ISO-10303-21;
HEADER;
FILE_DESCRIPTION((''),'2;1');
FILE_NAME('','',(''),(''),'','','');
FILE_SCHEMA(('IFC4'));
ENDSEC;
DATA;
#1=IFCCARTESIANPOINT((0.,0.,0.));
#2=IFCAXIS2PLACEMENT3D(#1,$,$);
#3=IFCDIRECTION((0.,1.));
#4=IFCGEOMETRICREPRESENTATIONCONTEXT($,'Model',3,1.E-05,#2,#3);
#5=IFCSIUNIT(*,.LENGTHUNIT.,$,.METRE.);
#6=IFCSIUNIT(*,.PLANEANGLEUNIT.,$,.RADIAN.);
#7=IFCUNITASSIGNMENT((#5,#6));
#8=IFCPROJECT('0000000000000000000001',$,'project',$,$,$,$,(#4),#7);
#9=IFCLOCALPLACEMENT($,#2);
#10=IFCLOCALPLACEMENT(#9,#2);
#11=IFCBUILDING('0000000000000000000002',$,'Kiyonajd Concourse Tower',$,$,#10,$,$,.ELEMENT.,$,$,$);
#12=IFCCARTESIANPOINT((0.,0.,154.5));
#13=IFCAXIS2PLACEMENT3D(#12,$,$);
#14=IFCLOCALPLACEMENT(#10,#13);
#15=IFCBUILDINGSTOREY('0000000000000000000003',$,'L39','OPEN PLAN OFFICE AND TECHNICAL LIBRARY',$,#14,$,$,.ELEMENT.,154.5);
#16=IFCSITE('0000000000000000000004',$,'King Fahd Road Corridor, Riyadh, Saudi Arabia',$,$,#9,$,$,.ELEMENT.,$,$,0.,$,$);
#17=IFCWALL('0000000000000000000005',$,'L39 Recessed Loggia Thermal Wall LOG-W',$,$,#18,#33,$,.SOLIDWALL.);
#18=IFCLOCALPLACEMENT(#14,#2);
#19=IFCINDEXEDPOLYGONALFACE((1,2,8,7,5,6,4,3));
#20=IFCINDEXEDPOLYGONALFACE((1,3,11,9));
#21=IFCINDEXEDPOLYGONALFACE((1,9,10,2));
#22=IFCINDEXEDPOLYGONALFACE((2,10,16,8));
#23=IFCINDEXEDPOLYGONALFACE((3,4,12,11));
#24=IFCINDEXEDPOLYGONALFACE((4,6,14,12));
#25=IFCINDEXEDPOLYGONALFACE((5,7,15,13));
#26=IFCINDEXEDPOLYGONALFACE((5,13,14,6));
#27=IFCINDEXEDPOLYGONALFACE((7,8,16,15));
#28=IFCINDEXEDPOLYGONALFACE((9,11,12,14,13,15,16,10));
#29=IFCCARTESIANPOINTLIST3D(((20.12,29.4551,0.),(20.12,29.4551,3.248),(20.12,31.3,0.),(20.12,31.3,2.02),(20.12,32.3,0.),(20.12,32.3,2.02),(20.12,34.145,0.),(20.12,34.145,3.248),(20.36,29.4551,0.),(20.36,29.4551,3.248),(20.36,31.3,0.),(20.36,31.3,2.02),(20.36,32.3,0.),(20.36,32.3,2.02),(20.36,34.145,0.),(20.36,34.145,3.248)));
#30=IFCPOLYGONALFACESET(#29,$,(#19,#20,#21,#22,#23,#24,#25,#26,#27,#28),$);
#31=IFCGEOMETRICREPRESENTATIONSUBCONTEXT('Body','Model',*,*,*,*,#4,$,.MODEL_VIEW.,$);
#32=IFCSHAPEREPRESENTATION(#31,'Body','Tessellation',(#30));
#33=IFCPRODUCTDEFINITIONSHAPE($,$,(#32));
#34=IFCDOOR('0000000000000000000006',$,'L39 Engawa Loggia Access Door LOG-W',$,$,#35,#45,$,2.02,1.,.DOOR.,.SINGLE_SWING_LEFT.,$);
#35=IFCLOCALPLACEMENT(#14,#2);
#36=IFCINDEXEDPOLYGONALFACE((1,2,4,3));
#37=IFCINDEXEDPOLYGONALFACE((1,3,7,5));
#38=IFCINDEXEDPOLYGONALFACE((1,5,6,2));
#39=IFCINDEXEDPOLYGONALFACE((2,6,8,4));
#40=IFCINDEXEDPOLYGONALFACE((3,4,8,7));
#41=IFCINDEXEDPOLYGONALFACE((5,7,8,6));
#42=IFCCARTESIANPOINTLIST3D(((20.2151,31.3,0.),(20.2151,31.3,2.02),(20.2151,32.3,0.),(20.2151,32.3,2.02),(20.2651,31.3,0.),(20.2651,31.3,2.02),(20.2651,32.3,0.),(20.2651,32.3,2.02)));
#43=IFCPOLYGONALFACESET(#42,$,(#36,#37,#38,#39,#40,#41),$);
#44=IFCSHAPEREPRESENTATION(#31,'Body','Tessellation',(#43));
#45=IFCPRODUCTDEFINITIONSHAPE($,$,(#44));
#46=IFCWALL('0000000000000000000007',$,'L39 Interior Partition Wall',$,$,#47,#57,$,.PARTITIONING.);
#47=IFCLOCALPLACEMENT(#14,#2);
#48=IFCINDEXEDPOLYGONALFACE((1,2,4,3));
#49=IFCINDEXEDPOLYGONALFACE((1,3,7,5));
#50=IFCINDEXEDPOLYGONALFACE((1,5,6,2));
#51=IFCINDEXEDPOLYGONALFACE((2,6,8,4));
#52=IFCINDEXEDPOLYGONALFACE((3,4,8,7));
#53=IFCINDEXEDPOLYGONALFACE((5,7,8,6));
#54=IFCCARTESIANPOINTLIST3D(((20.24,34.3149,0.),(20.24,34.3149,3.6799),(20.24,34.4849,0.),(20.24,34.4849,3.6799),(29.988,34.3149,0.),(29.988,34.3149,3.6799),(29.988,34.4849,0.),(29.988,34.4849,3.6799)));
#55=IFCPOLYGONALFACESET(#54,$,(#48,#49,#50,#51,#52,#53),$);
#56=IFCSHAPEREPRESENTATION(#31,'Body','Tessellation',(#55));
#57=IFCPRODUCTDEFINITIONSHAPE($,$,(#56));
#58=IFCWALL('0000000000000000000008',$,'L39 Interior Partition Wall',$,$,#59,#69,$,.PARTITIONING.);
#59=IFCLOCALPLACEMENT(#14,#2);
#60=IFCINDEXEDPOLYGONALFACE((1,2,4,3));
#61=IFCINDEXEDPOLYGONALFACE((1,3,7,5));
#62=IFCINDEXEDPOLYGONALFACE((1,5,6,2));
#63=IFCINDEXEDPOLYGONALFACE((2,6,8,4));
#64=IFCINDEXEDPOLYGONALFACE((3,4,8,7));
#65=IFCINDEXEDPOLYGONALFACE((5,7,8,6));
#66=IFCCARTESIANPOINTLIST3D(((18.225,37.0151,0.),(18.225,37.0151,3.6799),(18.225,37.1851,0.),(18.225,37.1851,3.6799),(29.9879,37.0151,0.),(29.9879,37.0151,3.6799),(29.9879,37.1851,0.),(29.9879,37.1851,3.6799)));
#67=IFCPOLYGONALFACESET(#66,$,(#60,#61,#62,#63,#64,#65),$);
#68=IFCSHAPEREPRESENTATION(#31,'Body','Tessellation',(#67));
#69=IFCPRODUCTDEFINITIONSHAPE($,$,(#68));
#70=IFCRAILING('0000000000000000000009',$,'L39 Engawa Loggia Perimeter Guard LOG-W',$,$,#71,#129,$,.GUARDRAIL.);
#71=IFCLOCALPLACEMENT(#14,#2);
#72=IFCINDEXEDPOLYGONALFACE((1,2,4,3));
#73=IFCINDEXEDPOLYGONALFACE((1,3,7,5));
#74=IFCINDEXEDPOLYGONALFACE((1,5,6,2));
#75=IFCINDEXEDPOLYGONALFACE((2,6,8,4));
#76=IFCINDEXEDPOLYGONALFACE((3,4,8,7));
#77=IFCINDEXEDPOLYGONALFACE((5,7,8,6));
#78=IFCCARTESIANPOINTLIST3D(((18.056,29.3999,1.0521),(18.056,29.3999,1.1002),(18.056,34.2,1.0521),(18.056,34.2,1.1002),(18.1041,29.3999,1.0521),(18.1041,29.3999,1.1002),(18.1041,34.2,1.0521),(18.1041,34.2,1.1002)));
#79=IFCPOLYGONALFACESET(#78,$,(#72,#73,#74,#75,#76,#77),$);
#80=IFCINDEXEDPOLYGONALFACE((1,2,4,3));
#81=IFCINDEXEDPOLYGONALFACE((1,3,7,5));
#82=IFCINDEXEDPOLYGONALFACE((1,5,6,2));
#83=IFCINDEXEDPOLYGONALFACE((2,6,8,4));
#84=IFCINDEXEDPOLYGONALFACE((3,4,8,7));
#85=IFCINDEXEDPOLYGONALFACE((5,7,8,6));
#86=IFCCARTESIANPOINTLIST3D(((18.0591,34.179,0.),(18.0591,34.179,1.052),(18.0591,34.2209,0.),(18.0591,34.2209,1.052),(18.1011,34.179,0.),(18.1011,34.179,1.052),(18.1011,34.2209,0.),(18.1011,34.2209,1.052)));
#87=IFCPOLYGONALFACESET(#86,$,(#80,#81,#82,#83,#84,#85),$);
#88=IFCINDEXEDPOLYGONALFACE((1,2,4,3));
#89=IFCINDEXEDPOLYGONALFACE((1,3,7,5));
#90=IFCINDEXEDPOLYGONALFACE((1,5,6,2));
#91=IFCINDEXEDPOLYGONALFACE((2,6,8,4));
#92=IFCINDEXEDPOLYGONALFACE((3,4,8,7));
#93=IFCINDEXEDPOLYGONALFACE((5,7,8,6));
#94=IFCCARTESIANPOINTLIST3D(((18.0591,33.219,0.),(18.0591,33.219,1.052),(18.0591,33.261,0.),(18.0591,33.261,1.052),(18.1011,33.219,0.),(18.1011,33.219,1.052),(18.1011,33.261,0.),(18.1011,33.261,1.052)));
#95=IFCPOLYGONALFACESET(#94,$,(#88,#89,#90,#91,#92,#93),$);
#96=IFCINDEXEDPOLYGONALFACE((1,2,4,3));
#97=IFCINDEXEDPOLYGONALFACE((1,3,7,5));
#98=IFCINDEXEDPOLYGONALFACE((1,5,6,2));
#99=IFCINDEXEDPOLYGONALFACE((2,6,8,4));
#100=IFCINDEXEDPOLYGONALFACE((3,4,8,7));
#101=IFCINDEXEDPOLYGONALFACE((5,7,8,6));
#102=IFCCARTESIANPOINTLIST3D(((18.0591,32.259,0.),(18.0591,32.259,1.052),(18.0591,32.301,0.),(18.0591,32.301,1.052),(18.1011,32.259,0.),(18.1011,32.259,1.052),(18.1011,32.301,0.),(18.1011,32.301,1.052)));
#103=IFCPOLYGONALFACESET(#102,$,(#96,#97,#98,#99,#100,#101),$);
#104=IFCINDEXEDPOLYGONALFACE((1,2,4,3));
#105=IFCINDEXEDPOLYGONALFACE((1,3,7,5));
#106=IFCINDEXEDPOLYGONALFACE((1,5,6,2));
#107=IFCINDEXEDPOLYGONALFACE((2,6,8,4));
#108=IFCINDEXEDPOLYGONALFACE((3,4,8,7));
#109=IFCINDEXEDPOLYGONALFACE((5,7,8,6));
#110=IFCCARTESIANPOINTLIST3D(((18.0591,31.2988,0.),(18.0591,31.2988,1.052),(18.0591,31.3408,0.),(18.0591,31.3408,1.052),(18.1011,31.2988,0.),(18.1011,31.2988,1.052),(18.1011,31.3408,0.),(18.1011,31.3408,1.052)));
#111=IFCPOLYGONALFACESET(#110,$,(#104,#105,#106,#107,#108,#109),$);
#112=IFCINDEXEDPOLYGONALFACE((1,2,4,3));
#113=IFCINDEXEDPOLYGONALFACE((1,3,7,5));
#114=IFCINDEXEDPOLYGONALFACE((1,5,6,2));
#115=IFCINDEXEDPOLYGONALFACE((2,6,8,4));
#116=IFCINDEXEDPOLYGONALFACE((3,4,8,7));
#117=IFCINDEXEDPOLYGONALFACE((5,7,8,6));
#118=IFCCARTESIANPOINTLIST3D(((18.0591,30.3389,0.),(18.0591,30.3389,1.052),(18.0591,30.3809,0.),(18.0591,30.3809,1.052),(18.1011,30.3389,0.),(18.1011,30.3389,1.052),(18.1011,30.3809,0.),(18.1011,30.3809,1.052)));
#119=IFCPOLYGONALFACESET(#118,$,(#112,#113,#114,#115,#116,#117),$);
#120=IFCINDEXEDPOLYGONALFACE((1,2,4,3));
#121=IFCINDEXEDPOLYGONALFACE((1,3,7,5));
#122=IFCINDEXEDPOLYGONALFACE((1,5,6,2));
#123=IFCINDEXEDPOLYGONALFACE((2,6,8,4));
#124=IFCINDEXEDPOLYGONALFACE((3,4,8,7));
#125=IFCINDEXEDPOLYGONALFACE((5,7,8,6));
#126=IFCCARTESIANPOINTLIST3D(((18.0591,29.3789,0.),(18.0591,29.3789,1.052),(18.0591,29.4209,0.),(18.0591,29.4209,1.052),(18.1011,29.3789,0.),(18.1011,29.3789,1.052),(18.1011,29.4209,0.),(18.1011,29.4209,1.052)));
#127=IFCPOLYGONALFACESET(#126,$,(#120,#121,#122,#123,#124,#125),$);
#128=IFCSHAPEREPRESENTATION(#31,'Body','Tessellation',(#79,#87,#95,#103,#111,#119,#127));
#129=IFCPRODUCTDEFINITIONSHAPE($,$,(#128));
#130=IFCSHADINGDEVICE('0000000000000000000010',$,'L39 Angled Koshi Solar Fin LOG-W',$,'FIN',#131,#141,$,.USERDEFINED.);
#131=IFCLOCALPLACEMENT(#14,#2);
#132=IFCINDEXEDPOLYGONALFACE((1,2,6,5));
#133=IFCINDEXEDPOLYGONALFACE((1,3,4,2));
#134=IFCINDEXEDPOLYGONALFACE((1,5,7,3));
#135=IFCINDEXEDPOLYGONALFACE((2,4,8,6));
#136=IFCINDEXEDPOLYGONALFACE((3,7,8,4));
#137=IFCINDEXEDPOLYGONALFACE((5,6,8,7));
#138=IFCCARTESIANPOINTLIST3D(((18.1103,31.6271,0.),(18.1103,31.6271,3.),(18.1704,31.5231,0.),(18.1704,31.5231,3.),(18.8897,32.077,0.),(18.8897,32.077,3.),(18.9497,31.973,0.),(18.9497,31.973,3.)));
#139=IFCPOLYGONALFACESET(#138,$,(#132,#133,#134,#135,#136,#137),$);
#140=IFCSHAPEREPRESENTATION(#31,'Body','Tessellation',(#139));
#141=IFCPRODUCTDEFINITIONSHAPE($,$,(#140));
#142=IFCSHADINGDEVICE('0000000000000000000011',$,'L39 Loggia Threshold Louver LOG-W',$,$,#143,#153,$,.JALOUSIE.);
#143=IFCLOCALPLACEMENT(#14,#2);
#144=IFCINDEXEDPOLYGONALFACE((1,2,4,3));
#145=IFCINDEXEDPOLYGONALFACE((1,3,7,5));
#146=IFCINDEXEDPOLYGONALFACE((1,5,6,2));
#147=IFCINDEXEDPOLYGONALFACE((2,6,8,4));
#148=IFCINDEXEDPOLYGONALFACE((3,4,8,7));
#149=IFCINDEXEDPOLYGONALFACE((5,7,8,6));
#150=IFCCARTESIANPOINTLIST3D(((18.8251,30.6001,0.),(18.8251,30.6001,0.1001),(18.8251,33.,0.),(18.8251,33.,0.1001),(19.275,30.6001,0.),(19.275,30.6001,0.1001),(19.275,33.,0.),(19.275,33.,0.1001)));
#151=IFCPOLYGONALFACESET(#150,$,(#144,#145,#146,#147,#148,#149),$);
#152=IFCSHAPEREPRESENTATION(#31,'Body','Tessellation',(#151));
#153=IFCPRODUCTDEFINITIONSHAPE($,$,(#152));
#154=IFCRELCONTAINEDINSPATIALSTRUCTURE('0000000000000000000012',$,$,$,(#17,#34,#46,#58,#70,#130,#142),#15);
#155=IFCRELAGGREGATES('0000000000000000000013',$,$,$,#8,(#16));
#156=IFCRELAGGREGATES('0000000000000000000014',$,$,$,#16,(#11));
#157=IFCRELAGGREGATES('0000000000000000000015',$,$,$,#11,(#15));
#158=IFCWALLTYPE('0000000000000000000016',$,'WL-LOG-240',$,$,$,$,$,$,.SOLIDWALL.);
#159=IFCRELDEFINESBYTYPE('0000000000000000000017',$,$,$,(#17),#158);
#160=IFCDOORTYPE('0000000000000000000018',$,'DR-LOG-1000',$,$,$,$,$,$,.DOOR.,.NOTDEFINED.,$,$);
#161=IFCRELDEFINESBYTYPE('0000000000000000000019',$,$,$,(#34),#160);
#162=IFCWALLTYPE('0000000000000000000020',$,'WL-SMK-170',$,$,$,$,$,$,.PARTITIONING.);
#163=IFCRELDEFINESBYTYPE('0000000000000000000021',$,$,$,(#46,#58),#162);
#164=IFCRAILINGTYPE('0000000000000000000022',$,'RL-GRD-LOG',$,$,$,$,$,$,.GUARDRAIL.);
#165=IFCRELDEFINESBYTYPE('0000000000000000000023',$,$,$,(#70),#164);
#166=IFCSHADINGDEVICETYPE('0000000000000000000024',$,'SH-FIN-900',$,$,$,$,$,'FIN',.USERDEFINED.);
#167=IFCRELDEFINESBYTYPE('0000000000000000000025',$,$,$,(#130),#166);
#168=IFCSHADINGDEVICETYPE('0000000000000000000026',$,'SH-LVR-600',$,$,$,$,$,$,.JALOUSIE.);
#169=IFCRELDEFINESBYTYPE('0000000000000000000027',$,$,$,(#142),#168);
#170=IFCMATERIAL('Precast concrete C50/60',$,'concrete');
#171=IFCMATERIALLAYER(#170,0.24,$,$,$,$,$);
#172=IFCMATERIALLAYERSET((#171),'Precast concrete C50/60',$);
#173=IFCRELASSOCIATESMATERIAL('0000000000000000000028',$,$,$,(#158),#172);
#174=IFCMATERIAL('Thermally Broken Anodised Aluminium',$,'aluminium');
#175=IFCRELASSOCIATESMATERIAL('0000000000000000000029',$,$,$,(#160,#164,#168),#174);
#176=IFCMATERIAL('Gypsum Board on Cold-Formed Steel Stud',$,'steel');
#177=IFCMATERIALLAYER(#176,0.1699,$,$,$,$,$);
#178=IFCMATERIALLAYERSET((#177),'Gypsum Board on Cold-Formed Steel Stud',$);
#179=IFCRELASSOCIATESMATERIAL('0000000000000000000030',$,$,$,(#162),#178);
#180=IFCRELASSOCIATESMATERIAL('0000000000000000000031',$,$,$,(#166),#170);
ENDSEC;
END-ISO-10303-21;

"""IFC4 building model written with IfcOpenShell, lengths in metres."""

from ifc_helpers import new_model, si_unit, direction, frame, frame_2d, origin, origin_2d, place, context, subcontext, project, spatial, rectangle, extrude, material, layer, layer_set, type_object, element, fill, save


model = new_model("IFC4")

# Units and contexts
model_context = context("Model", 3, precision=1e-05, world=origin(), true_north=direction((0.0, 1.0)))
body_context = subcontext(model_context, "Body", "Model", "MODEL_VIEW")
ifc_project = project(units=[si_unit("LENGTHUNIT", "METRE"), si_unit("PLANEANGLEUNIT", "RADIAN")], contexts=[model_context])

# Site, building, storey
site_placement = place(None, origin())
site = spatial("IfcSite", under=ifc_project, at=site_placement, Name="King Fahd Road Corridor, Riyadh, Saudi Arabia", CompositionType="ELEMENT", RefElevation=0.0)
building_placement = place(site_placement, origin())
building = spatial("IfcBuilding", under=site, at=building_placement, Name="Kiyonajd Concourse Tower", CompositionType="ELEMENT")
storey_placement = place(building_placement, frame((0.0, 0.0, 154.5)))
storey = spatial("IfcBuildingStorey", under=building, at=storey_placement, Name="L39", Description="OPEN PLAN OFFICE AND TECHNICAL LIBRARY", CompositionType="ELEMENT", Elevation=154.5)

# Shared definitions
ifc_material_1 = material(Name="Thermally Broken Anodised Aluminium", Category="aluminium")

# Shared definitions
ifc_material_2 = material(Name="Precast concrete C50/60", Category="concrete")

# Wall, opening, door
ifc_layer_1 = layer(ifc_material_2, 0.24)
ifc_layer_set_1 = layer_set([ifc_layer_1], Name="Precast concrete C50/60")
wall_type_1 = type_object("IfcWallType", Name="WL-LOG-240", PredefinedType="SOLIDWALL", material=ifc_layer_set_1)
wall_1_placement = place(storey_placement, frame((20.24, 29.4551, 0.0), z_axis=(0.0, 0.0, 1.0), x_axis=(0.0, 1.0, 0.0)))
wall_1 = element("IfcWall", 1, at=wall_1_placement, inside=storey, type_object=wall_type_1, Name="L39 Recessed Loggia Thermal Wall LOG-W", PredefinedType="SOLIDWALL", context=body_context, shape_type="SweptSolid", body=[
    extrude(rectangle(XDim=4.6899, YDim=0.24, at=frame_2d((2.345, 0.0))), origin(), (0.0, 0.0, 1.0), 3.248),
])
opening_placement = place(wall_1_placement, frame((1.845, 0.0, 0.0)))
opening = element("IfcOpeningElement", 2, at=opening_placement, cuts=wall_1, PredefinedType="OPENING", context=body_context, shape_type="SweptSolid", body=[
    extrude(rectangle(XDim=1.0, YDim=2.02, at=frame_2d((0.5, 1.01))), frame((0.0, 0.1299, 0.0), z_axis=(0.0, -1.0, 0.0), x_axis=(1.0, 0.0, 0.0)), (0.0, 0.0, 1.0), 0.26),
])
door_type = type_object("IfcDoorType", Name="DR-LOG-1000", OperationType="NOTDEFINED", PredefinedType="DOOR", material=ifc_material_1)
door_placement = place(opening_placement, origin())
door = element("IfcDoor", 3, at=door_placement, inside=storey, type_object=door_type, Name="L39 Engawa Loggia Access Door LOG-W", OperationType="SINGLE_SWING_LEFT", OverallHeight=2.02, OverallWidth=1.0, PredefinedType="DOOR", context=body_context, shape_type="SweptSolid", body=[
    extrude(rectangle(XDim=1.0, YDim=2.02, at=frame_2d((0.5, 1.01))), frame((0.0, 0.0249, 0.0), z_axis=(0.0, -1.0, 0.0), x_axis=(1.0, 0.0, 0.0)), (0.0, 0.0, 1.0), 0.05),
])
fill(opening, door)

# Walls
ifc_material_3 = material(Name="Gypsum Board on Cold-Formed Steel Stud", Category="steel")
ifc_layer_2 = layer(ifc_material_3, 0.1699)
ifc_layer_set_2 = layer_set([ifc_layer_2], Name="Gypsum Board on Cold-Formed Steel Stud")
wall_type_2 = type_object("IfcWallType", Name="WL-SMK-170", PredefinedType="PARTITIONING", material=ifc_layer_set_2)
wall_2_placement = place(storey_placement, frame((20.24, 34.3999, 0.0), z_axis=(0.0, 0.0, 1.0), x_axis=(1.0, 0.0, 0.0)))
element("IfcWall", 4, at=wall_2_placement, inside=storey, type_object=wall_type_2, Name="L39 Interior Partition Wall", PredefinedType="PARTITIONING", context=body_context, shape_type="SweptSolid", body=[
    extrude(rectangle(XDim=9.748, YDim=0.1699, at=frame_2d((4.874, 0.0))), origin(), (0.0, 0.0, 1.0), 3.6799),
])
wall_3_placement = place(storey_placement, frame((18.2251, 37.1001, 0.0), z_axis=(0.0, 0.0, 1.0), x_axis=(1.0, 0.0, 0.0)))
element("IfcWall", 5, at=wall_3_placement, inside=storey, type_object=wall_type_2, Name="L39 Interior Partition Wall", PredefinedType="PARTITIONING", context=body_context, shape_type="SweptSolid", body=[
    extrude(rectangle(XDim=11.7629, YDim=0.1699, at=frame_2d((5.8813, 0.0))), origin(), (0.0, 0.0, 1.0), 3.6799),
])

# Railing
railing_type = type_object("IfcRailingType", Name="RL-GRD-LOG", PredefinedType="GUARDRAIL", material=ifc_material_1)
railing_placement = place(storey_placement, frame((18.0801, 34.2, 0.0)))
element("IfcRailing", 6, at=railing_placement, inside=storey, type_object=railing_type, Name="L39 Engawa Loggia Perimeter Guard LOG-W", PredefinedType="GUARDRAIL", context=body_context, shape_type="SweptSolid", body=[
    extrude(rectangle(XDim=0.0481, YDim=0.0481, at=origin_2d()), frame((0.0, 0.0, 1.0762), z_axis=(0.0, -1.0, 0.0), x_axis=(1.0, 0.0, 0.0)), (0.0, 0.0, 1.0), 4.8),
    extrude(rectangle(XDim=0.042, YDim=0.042, at=origin_2d()), origin(), (0.0, 0.0, 1.0), 1.052),
    extrude(rectangle(XDim=0.042, YDim=0.042, at=origin_2d()), frame((0.0, -0.96, 0.0)), (0.0, 0.0, 1.0), 1.052),
    extrude(rectangle(XDim=0.042, YDim=0.042, at=origin_2d()), frame((0.0, -1.9199, 0.0)), (0.0, 0.0, 1.0), 1.052),
    extrude(rectangle(XDim=0.042, YDim=0.042, at=origin_2d()), frame((0.0, -2.8801, 0.0)), (0.0, 0.0, 1.0), 1.052),
    extrude(rectangle(XDim=0.042, YDim=0.042, at=origin_2d()), frame((0.0, -3.8401, 0.0)), (0.0, 0.0, 1.0), 1.052),
    extrude(rectangle(XDim=0.042, YDim=0.042, at=origin_2d()), frame((0.0, -4.8, 0.0)), (0.0, 0.0, 1.0), 1.052),
])

# Shading devices
shading_device_type_1 = type_object("IfcShadingDeviceType", Name="SH-FIN-900", ElementType="FIN", PredefinedType="USERDEFINED", material=ifc_material_2)
shading_device_1_placement = place(storey_placement, frame((18.53, 31.8, 0.0), z_axis=(0.0, 0.0, 1.0), x_axis=(0.866025, 0.5, 0.0)))
element("IfcShadingDevice", 7, at=shading_device_1_placement, inside=storey, type_object=shading_device_type_1, Name="L39 Angled Koshi Solar Fin LOG-W", ObjectType="FIN", PredefinedType="USERDEFINED", context=body_context, shape_type="SweptSolid", body=[
    extrude(rectangle(XDim=0.8999, YDim=0.1201, at=origin_2d()), origin(), (0.0, 0.0, 1.0), 3.0),
])
shading_device_type_2 = type_object("IfcShadingDeviceType", Name="SH-LVR-600", PredefinedType="JALOUSIE", material=ifc_material_1)
shading_device_2_placement = place(storey_placement, frame((19.05, 31.8, 0.0), z_axis=(0.0, 0.0, 1.0), x_axis=(0.0, 1.0, 0.0)))
element("IfcShadingDevice", 8, at=shading_device_2_placement, inside=storey, type_object=shading_device_type_2, Name="L39 Loggia Threshold Louver LOG-W", PredefinedType="JALOUSIE", context=body_context, shape_type="SweptSolid", body=[
    extrude(rectangle(XDim=2.3999, YDim=0.45, at=origin_2d()), origin(), (0.0, 0.0, 1.0), 0.1001),
])

save(model, "model.ifc")
